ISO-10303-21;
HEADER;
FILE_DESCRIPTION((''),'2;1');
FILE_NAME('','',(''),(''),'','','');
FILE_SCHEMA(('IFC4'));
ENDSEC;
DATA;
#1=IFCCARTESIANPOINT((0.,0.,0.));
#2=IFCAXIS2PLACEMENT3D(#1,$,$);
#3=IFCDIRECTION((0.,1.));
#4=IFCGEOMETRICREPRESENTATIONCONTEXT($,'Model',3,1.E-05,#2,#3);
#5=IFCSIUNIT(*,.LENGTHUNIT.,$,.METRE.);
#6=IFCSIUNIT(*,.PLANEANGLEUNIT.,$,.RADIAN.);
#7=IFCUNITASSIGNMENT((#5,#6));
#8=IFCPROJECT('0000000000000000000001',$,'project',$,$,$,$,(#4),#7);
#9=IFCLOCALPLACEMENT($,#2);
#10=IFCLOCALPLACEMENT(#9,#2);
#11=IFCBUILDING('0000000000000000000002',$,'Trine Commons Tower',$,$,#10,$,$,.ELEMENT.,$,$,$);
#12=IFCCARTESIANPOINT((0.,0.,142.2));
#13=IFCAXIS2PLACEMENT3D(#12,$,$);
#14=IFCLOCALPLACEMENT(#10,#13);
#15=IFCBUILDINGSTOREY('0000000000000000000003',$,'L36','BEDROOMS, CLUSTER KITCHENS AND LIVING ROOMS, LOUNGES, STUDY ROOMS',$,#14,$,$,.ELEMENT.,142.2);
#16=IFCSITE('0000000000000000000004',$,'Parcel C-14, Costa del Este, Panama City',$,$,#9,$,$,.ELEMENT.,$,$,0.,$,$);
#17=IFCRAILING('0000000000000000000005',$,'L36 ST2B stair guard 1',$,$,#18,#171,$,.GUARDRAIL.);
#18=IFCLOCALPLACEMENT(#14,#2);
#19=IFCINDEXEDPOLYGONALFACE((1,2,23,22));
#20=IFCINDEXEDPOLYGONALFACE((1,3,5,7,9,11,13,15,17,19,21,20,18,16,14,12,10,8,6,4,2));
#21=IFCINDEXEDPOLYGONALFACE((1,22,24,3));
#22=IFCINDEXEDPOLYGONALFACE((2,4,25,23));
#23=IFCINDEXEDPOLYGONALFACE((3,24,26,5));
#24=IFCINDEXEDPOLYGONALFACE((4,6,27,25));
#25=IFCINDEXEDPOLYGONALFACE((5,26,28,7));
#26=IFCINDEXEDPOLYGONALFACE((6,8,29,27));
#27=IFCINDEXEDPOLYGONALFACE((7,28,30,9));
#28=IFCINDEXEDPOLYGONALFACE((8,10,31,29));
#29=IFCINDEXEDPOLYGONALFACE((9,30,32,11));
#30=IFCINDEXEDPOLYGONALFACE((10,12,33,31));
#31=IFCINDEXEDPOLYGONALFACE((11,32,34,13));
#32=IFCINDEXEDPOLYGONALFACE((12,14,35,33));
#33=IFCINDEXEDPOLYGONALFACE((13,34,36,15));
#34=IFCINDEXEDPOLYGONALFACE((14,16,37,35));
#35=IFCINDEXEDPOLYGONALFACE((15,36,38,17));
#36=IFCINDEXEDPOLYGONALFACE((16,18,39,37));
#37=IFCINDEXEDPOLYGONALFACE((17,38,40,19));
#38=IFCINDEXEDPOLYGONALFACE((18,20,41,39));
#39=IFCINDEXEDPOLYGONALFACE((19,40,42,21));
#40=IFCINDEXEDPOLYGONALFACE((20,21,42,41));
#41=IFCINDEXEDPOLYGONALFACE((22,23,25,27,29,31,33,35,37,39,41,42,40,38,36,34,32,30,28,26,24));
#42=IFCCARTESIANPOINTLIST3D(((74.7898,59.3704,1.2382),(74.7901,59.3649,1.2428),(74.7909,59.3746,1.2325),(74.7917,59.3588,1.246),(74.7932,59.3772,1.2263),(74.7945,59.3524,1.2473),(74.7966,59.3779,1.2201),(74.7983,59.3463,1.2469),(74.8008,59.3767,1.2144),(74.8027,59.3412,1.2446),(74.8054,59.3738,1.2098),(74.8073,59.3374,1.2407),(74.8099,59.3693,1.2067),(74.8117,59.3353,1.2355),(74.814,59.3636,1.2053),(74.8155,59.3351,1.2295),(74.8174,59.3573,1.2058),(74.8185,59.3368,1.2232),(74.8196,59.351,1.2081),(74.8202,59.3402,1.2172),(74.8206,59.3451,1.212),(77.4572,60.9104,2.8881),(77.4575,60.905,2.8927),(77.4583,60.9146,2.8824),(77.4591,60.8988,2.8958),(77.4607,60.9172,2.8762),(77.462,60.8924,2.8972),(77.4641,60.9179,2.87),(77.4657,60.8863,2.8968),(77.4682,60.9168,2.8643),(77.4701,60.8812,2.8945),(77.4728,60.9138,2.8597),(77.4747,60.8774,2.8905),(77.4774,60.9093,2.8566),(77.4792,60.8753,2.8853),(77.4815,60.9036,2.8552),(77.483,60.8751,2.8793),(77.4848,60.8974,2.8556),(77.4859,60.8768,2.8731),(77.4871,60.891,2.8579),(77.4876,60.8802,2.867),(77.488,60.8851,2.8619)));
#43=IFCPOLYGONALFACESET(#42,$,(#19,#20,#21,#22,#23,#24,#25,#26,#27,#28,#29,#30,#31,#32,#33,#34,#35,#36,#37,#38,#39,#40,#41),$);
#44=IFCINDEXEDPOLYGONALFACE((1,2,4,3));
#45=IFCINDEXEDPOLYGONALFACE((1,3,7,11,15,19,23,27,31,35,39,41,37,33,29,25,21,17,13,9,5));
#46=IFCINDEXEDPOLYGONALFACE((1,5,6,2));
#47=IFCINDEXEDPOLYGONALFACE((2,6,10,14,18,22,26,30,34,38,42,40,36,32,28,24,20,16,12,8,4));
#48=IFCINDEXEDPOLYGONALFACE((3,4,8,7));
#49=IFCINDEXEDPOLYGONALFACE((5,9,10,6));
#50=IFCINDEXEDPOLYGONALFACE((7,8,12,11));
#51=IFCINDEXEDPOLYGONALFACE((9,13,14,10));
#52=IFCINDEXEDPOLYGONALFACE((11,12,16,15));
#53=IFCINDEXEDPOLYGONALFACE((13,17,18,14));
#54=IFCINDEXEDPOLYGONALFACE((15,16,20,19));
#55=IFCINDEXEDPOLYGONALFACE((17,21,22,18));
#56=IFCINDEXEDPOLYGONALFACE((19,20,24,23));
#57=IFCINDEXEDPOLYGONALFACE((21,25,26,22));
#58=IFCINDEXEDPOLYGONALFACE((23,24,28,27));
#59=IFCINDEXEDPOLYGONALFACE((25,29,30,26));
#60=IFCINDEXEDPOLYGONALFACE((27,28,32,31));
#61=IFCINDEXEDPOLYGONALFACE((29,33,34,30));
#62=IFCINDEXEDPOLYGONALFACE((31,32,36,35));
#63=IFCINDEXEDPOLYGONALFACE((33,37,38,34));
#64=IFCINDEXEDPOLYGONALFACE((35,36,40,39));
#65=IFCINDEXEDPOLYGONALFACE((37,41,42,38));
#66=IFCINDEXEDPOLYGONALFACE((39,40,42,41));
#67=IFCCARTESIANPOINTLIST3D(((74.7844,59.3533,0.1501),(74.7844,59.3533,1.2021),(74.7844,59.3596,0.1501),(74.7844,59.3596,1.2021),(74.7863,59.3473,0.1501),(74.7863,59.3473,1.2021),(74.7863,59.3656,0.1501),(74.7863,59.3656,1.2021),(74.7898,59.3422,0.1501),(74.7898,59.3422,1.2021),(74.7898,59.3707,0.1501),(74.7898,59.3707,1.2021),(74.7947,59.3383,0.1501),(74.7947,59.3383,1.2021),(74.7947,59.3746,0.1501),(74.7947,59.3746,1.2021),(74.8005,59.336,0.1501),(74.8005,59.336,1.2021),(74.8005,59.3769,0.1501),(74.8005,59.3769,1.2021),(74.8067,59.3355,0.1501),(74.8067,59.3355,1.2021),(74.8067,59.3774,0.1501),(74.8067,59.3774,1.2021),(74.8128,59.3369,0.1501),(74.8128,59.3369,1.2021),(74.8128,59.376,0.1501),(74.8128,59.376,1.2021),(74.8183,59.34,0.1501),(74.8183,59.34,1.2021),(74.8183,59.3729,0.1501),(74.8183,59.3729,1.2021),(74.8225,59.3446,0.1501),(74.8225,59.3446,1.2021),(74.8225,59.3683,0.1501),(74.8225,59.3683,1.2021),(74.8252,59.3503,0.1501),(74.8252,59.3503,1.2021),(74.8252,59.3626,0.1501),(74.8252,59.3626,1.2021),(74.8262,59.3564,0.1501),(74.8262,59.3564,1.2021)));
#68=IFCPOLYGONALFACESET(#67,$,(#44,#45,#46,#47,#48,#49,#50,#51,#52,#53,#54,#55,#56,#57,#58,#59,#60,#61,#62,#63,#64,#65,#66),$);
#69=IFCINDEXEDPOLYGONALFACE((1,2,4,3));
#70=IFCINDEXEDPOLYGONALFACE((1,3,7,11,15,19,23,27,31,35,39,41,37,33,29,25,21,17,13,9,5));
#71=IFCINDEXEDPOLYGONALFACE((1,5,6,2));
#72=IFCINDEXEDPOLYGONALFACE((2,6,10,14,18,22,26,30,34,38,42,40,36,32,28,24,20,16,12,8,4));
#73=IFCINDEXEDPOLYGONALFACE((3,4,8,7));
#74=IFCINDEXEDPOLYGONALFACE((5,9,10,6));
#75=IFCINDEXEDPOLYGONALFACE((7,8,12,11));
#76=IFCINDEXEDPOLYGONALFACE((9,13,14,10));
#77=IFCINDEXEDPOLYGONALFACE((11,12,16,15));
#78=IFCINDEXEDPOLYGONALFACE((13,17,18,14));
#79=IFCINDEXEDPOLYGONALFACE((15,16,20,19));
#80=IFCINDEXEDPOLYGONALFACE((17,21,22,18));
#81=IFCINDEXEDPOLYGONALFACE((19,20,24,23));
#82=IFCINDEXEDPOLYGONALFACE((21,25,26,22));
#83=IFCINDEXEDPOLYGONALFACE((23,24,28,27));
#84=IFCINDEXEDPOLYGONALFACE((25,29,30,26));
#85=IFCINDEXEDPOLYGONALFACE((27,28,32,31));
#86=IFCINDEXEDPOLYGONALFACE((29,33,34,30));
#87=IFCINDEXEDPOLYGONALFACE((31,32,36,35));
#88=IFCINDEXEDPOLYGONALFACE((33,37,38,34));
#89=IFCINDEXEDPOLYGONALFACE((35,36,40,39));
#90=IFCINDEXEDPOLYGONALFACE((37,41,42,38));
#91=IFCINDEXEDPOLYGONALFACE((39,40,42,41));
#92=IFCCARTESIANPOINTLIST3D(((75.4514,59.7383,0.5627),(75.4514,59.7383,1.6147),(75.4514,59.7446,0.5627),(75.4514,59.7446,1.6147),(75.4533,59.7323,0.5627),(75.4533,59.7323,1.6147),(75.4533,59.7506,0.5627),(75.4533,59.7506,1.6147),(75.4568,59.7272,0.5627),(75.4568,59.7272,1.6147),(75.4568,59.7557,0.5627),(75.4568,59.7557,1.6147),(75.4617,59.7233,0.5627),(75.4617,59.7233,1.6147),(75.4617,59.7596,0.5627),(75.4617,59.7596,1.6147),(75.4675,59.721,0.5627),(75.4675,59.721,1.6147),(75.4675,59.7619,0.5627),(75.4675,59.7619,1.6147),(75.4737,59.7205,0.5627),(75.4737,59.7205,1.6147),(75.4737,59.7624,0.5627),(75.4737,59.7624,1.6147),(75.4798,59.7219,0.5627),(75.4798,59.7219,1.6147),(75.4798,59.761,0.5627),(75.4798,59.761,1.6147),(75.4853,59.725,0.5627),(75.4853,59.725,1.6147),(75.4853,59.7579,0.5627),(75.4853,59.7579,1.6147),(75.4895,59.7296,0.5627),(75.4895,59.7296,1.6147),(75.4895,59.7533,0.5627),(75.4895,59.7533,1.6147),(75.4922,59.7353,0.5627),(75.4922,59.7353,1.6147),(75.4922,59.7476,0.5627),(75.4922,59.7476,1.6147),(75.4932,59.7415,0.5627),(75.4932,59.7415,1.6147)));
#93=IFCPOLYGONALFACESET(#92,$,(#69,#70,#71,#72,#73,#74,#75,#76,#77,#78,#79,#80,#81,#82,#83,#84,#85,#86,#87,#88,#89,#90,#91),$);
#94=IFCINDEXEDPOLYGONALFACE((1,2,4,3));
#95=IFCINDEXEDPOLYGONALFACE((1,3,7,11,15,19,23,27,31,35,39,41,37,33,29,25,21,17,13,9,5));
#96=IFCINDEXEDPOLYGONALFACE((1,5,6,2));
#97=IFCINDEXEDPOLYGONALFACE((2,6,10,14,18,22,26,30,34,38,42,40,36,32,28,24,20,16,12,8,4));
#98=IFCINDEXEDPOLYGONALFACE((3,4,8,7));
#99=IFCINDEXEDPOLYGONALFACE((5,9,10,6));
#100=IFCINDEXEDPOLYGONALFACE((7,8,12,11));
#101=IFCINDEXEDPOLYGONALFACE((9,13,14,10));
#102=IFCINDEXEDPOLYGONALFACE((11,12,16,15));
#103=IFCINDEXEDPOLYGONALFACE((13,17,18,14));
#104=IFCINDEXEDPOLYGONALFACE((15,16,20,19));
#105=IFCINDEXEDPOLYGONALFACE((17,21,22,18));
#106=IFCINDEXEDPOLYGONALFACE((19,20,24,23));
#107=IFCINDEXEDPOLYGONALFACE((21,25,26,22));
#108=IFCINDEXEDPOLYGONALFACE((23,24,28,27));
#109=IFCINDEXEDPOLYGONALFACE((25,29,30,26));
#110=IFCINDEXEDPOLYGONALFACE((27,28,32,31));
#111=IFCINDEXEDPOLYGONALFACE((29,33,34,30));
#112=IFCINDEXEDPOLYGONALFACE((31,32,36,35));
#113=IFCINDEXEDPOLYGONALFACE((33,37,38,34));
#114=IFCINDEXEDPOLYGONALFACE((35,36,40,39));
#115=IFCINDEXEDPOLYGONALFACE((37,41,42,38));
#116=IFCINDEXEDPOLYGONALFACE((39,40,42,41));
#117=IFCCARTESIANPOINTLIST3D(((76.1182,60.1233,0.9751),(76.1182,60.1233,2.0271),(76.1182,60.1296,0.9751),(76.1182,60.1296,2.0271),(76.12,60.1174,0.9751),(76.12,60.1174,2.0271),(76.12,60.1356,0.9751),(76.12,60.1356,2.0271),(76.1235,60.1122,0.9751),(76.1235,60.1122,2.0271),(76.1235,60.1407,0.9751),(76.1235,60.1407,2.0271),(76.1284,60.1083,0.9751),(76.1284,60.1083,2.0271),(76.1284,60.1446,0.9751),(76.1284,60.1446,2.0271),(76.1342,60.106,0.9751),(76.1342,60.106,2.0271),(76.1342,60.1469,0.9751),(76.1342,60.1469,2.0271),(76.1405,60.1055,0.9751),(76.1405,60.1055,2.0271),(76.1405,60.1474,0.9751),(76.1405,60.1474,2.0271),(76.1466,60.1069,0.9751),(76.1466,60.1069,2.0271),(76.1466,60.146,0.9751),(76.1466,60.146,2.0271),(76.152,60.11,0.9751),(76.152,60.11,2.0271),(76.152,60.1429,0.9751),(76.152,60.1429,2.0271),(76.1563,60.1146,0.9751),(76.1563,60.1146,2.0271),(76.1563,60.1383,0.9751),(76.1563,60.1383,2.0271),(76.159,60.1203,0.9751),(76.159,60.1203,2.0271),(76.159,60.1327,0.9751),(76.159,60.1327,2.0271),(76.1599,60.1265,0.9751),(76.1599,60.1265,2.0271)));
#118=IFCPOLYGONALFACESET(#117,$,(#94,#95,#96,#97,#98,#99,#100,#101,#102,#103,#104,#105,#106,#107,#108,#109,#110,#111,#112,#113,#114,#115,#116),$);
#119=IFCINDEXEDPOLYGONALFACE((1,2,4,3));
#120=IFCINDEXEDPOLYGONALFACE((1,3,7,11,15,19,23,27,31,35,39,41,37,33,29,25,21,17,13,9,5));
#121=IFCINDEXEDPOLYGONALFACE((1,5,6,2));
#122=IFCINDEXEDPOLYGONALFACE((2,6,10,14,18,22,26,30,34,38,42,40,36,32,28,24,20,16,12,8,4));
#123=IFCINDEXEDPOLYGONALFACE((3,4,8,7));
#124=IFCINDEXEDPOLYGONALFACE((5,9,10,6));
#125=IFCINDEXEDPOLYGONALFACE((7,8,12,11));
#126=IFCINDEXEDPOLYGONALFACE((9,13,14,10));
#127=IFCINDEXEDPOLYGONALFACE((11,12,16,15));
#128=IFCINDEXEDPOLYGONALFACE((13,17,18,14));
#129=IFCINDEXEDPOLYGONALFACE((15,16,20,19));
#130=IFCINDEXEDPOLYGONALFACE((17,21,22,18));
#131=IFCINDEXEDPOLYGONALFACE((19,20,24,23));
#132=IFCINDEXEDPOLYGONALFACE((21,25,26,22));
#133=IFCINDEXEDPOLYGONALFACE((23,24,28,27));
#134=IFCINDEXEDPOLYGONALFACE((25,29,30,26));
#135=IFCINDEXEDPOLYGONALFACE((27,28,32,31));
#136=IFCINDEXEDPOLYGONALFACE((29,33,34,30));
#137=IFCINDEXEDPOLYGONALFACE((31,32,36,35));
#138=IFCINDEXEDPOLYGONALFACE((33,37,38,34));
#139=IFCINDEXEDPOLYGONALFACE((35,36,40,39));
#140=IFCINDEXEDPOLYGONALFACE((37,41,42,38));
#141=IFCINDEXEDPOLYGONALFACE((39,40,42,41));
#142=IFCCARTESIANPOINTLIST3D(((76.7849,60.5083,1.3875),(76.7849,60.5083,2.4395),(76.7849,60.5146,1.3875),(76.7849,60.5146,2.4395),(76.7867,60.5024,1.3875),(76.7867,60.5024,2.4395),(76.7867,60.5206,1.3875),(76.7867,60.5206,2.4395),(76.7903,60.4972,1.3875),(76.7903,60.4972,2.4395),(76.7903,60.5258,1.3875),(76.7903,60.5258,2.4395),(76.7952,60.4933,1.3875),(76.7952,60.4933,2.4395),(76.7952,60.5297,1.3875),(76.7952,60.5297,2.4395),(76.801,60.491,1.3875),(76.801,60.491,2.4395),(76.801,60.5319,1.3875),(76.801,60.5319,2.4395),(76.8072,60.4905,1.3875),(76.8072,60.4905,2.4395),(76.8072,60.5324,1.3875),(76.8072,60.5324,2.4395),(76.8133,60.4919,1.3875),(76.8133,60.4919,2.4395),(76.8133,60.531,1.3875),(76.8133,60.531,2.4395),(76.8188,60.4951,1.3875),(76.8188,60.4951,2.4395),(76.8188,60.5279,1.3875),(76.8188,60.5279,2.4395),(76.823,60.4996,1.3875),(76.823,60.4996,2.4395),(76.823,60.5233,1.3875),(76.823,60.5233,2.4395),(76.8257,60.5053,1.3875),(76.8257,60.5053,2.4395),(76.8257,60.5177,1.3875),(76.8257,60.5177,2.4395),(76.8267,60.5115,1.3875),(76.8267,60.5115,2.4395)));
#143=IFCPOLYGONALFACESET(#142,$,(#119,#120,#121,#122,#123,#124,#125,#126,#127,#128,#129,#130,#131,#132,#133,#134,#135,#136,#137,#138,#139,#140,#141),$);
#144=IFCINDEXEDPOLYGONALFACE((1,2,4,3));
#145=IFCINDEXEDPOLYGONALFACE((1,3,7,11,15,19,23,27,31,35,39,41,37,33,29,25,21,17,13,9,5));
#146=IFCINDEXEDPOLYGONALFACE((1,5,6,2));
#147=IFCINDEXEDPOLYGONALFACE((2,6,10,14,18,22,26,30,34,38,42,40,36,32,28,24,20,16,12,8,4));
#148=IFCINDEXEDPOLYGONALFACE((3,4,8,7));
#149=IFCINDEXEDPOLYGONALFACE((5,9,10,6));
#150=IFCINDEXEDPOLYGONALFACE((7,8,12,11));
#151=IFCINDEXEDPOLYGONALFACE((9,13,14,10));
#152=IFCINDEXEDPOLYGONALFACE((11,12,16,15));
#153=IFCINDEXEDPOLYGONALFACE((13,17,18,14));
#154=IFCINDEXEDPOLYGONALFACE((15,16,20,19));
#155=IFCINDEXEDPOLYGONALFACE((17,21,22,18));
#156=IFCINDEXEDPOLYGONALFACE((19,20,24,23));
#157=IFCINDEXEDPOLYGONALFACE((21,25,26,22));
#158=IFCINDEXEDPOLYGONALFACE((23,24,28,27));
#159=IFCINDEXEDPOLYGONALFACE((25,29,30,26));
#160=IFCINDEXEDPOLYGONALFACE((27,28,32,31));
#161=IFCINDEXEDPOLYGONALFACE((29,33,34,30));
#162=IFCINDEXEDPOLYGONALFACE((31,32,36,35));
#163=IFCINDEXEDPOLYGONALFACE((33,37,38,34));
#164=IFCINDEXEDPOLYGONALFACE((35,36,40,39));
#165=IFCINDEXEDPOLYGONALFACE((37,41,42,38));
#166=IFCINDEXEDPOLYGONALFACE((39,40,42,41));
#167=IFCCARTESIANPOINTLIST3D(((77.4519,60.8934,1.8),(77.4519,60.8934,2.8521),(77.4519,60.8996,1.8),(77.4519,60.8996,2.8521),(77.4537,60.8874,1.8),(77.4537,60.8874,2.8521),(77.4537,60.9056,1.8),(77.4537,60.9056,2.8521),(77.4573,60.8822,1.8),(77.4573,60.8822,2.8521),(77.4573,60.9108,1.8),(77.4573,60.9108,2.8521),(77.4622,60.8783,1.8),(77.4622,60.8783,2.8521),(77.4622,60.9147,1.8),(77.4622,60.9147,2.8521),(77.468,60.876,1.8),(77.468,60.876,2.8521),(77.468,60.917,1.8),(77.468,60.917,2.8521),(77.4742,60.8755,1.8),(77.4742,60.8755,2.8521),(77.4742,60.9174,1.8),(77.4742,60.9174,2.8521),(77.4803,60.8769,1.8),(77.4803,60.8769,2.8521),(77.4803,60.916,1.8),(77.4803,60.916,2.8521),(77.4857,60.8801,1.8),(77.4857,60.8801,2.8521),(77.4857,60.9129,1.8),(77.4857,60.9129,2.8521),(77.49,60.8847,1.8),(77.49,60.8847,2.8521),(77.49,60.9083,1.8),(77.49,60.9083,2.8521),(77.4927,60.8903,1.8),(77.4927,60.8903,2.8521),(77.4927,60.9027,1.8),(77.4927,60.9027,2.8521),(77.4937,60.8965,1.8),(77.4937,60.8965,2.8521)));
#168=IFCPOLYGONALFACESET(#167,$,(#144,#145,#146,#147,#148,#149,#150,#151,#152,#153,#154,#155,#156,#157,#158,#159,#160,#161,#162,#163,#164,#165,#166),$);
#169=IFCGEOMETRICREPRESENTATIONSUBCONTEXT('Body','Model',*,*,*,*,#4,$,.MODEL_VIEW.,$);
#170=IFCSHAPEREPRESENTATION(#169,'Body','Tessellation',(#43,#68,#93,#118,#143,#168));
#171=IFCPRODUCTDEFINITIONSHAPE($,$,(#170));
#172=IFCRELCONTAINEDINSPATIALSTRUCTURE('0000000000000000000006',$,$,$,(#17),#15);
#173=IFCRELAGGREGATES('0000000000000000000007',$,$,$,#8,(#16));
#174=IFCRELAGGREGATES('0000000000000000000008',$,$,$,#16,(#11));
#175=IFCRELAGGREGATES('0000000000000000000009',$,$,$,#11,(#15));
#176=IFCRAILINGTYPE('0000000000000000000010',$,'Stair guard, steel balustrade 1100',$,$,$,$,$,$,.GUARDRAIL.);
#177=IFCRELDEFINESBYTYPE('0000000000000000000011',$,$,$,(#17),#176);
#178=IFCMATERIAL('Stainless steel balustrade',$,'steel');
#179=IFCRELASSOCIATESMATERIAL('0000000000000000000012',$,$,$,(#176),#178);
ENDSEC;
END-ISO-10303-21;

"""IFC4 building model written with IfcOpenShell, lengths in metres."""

from ifc_helpers import new_model, si_unit, direction, frame, origin, origin_2d, place, context, subcontext, project, spatial, circle, extrude, material, type_object, element, save


model = new_model("IFC4")

# Units and contexts
model_context = context("Model", 3, precision=1e-05, world=origin(), true_north=direction((0.0, 1.0)))
body_context = subcontext(model_context, "Body", "Model", "MODEL_VIEW")
ifc_project = project(units=[si_unit("LENGTHUNIT", "METRE"), si_unit("PLANEANGLEUNIT", "RADIAN")], contexts=[model_context])

# Site, building, storey
site_placement = place(None, origin())
site = spatial("IfcSite", under=ifc_project, at=site_placement, Name="Parcel C-14, Costa del Este, Panama City", CompositionType="ELEMENT", RefElevation=0.0)
building_placement = place(site_placement, origin())
building = spatial("IfcBuilding", under=site, at=building_placement, Name="Trine Commons Tower", CompositionType="ELEMENT")
storey_placement = place(building_placement, frame((0.0, 0.0, 142.2)))
storey = spatial("IfcBuildingStorey", under=building, at=storey_placement, Name="L36", Description="BEDROOMS, CLUSTER KITCHENS AND LIVING ROOMS, LOUNGES, STUDY ROOMS", CompositionType="ELEMENT", Elevation=142.2)

# Railing
ifc_material_1 = material(Name="Stainless steel balustrade", Category="steel")
railing_type_1 = type_object("IfcRailingType", Name="Stair guard, steel balustrade 1100", PredefinedType="GUARDRAIL", material=ifc_material_1)
railing_1_placement = place(storey_placement, frame((74.8052, 59.3564, 0.1501)))
element("IfcRailing", 1, at=railing_1_placement, inside=storey, type_object=railing_type_1, Name="L36 ST2B stair guard 1", PredefinedType="GUARDRAIL", context=body_context, shape_type="SweptSolid", body=[
    extrude(circle(Radius=0.0239, at=origin_2d()), frame((0.0, 0.0, 1.0762), z_axis=(0.763405, 0.440743, 0.472185), x_axis=(-0.499992, 0.86603, 0.0)), (0.0, 0.0, 1.0), 3.4941),
    extrude(circle(Radius=0.021, at=origin_2d()), origin(), (0.0, 0.0, 1.0), 1.052),
    extrude(circle(Radius=0.021, at=origin_2d()), frame((0.667, 0.385, 0.4126)), (0.0, 0.0, 1.0), 1.052),
    extrude(circle(Radius=0.021, at=origin_2d()), frame((1.3337, 0.77, 0.825)), (0.0, 0.0, 1.0), 1.052),
    extrude(circle(Radius=0.021, at=origin_2d()), frame((2.0005, 1.155, 1.2373)), (0.0, 0.0, 1.0), 1.052),
    extrude(circle(Radius=0.021, at=origin_2d()), frame((2.6675, 1.54, 1.6499)), (0.0, 0.0, 1.0), 1.052),
])

save(model, "model.ifc")
